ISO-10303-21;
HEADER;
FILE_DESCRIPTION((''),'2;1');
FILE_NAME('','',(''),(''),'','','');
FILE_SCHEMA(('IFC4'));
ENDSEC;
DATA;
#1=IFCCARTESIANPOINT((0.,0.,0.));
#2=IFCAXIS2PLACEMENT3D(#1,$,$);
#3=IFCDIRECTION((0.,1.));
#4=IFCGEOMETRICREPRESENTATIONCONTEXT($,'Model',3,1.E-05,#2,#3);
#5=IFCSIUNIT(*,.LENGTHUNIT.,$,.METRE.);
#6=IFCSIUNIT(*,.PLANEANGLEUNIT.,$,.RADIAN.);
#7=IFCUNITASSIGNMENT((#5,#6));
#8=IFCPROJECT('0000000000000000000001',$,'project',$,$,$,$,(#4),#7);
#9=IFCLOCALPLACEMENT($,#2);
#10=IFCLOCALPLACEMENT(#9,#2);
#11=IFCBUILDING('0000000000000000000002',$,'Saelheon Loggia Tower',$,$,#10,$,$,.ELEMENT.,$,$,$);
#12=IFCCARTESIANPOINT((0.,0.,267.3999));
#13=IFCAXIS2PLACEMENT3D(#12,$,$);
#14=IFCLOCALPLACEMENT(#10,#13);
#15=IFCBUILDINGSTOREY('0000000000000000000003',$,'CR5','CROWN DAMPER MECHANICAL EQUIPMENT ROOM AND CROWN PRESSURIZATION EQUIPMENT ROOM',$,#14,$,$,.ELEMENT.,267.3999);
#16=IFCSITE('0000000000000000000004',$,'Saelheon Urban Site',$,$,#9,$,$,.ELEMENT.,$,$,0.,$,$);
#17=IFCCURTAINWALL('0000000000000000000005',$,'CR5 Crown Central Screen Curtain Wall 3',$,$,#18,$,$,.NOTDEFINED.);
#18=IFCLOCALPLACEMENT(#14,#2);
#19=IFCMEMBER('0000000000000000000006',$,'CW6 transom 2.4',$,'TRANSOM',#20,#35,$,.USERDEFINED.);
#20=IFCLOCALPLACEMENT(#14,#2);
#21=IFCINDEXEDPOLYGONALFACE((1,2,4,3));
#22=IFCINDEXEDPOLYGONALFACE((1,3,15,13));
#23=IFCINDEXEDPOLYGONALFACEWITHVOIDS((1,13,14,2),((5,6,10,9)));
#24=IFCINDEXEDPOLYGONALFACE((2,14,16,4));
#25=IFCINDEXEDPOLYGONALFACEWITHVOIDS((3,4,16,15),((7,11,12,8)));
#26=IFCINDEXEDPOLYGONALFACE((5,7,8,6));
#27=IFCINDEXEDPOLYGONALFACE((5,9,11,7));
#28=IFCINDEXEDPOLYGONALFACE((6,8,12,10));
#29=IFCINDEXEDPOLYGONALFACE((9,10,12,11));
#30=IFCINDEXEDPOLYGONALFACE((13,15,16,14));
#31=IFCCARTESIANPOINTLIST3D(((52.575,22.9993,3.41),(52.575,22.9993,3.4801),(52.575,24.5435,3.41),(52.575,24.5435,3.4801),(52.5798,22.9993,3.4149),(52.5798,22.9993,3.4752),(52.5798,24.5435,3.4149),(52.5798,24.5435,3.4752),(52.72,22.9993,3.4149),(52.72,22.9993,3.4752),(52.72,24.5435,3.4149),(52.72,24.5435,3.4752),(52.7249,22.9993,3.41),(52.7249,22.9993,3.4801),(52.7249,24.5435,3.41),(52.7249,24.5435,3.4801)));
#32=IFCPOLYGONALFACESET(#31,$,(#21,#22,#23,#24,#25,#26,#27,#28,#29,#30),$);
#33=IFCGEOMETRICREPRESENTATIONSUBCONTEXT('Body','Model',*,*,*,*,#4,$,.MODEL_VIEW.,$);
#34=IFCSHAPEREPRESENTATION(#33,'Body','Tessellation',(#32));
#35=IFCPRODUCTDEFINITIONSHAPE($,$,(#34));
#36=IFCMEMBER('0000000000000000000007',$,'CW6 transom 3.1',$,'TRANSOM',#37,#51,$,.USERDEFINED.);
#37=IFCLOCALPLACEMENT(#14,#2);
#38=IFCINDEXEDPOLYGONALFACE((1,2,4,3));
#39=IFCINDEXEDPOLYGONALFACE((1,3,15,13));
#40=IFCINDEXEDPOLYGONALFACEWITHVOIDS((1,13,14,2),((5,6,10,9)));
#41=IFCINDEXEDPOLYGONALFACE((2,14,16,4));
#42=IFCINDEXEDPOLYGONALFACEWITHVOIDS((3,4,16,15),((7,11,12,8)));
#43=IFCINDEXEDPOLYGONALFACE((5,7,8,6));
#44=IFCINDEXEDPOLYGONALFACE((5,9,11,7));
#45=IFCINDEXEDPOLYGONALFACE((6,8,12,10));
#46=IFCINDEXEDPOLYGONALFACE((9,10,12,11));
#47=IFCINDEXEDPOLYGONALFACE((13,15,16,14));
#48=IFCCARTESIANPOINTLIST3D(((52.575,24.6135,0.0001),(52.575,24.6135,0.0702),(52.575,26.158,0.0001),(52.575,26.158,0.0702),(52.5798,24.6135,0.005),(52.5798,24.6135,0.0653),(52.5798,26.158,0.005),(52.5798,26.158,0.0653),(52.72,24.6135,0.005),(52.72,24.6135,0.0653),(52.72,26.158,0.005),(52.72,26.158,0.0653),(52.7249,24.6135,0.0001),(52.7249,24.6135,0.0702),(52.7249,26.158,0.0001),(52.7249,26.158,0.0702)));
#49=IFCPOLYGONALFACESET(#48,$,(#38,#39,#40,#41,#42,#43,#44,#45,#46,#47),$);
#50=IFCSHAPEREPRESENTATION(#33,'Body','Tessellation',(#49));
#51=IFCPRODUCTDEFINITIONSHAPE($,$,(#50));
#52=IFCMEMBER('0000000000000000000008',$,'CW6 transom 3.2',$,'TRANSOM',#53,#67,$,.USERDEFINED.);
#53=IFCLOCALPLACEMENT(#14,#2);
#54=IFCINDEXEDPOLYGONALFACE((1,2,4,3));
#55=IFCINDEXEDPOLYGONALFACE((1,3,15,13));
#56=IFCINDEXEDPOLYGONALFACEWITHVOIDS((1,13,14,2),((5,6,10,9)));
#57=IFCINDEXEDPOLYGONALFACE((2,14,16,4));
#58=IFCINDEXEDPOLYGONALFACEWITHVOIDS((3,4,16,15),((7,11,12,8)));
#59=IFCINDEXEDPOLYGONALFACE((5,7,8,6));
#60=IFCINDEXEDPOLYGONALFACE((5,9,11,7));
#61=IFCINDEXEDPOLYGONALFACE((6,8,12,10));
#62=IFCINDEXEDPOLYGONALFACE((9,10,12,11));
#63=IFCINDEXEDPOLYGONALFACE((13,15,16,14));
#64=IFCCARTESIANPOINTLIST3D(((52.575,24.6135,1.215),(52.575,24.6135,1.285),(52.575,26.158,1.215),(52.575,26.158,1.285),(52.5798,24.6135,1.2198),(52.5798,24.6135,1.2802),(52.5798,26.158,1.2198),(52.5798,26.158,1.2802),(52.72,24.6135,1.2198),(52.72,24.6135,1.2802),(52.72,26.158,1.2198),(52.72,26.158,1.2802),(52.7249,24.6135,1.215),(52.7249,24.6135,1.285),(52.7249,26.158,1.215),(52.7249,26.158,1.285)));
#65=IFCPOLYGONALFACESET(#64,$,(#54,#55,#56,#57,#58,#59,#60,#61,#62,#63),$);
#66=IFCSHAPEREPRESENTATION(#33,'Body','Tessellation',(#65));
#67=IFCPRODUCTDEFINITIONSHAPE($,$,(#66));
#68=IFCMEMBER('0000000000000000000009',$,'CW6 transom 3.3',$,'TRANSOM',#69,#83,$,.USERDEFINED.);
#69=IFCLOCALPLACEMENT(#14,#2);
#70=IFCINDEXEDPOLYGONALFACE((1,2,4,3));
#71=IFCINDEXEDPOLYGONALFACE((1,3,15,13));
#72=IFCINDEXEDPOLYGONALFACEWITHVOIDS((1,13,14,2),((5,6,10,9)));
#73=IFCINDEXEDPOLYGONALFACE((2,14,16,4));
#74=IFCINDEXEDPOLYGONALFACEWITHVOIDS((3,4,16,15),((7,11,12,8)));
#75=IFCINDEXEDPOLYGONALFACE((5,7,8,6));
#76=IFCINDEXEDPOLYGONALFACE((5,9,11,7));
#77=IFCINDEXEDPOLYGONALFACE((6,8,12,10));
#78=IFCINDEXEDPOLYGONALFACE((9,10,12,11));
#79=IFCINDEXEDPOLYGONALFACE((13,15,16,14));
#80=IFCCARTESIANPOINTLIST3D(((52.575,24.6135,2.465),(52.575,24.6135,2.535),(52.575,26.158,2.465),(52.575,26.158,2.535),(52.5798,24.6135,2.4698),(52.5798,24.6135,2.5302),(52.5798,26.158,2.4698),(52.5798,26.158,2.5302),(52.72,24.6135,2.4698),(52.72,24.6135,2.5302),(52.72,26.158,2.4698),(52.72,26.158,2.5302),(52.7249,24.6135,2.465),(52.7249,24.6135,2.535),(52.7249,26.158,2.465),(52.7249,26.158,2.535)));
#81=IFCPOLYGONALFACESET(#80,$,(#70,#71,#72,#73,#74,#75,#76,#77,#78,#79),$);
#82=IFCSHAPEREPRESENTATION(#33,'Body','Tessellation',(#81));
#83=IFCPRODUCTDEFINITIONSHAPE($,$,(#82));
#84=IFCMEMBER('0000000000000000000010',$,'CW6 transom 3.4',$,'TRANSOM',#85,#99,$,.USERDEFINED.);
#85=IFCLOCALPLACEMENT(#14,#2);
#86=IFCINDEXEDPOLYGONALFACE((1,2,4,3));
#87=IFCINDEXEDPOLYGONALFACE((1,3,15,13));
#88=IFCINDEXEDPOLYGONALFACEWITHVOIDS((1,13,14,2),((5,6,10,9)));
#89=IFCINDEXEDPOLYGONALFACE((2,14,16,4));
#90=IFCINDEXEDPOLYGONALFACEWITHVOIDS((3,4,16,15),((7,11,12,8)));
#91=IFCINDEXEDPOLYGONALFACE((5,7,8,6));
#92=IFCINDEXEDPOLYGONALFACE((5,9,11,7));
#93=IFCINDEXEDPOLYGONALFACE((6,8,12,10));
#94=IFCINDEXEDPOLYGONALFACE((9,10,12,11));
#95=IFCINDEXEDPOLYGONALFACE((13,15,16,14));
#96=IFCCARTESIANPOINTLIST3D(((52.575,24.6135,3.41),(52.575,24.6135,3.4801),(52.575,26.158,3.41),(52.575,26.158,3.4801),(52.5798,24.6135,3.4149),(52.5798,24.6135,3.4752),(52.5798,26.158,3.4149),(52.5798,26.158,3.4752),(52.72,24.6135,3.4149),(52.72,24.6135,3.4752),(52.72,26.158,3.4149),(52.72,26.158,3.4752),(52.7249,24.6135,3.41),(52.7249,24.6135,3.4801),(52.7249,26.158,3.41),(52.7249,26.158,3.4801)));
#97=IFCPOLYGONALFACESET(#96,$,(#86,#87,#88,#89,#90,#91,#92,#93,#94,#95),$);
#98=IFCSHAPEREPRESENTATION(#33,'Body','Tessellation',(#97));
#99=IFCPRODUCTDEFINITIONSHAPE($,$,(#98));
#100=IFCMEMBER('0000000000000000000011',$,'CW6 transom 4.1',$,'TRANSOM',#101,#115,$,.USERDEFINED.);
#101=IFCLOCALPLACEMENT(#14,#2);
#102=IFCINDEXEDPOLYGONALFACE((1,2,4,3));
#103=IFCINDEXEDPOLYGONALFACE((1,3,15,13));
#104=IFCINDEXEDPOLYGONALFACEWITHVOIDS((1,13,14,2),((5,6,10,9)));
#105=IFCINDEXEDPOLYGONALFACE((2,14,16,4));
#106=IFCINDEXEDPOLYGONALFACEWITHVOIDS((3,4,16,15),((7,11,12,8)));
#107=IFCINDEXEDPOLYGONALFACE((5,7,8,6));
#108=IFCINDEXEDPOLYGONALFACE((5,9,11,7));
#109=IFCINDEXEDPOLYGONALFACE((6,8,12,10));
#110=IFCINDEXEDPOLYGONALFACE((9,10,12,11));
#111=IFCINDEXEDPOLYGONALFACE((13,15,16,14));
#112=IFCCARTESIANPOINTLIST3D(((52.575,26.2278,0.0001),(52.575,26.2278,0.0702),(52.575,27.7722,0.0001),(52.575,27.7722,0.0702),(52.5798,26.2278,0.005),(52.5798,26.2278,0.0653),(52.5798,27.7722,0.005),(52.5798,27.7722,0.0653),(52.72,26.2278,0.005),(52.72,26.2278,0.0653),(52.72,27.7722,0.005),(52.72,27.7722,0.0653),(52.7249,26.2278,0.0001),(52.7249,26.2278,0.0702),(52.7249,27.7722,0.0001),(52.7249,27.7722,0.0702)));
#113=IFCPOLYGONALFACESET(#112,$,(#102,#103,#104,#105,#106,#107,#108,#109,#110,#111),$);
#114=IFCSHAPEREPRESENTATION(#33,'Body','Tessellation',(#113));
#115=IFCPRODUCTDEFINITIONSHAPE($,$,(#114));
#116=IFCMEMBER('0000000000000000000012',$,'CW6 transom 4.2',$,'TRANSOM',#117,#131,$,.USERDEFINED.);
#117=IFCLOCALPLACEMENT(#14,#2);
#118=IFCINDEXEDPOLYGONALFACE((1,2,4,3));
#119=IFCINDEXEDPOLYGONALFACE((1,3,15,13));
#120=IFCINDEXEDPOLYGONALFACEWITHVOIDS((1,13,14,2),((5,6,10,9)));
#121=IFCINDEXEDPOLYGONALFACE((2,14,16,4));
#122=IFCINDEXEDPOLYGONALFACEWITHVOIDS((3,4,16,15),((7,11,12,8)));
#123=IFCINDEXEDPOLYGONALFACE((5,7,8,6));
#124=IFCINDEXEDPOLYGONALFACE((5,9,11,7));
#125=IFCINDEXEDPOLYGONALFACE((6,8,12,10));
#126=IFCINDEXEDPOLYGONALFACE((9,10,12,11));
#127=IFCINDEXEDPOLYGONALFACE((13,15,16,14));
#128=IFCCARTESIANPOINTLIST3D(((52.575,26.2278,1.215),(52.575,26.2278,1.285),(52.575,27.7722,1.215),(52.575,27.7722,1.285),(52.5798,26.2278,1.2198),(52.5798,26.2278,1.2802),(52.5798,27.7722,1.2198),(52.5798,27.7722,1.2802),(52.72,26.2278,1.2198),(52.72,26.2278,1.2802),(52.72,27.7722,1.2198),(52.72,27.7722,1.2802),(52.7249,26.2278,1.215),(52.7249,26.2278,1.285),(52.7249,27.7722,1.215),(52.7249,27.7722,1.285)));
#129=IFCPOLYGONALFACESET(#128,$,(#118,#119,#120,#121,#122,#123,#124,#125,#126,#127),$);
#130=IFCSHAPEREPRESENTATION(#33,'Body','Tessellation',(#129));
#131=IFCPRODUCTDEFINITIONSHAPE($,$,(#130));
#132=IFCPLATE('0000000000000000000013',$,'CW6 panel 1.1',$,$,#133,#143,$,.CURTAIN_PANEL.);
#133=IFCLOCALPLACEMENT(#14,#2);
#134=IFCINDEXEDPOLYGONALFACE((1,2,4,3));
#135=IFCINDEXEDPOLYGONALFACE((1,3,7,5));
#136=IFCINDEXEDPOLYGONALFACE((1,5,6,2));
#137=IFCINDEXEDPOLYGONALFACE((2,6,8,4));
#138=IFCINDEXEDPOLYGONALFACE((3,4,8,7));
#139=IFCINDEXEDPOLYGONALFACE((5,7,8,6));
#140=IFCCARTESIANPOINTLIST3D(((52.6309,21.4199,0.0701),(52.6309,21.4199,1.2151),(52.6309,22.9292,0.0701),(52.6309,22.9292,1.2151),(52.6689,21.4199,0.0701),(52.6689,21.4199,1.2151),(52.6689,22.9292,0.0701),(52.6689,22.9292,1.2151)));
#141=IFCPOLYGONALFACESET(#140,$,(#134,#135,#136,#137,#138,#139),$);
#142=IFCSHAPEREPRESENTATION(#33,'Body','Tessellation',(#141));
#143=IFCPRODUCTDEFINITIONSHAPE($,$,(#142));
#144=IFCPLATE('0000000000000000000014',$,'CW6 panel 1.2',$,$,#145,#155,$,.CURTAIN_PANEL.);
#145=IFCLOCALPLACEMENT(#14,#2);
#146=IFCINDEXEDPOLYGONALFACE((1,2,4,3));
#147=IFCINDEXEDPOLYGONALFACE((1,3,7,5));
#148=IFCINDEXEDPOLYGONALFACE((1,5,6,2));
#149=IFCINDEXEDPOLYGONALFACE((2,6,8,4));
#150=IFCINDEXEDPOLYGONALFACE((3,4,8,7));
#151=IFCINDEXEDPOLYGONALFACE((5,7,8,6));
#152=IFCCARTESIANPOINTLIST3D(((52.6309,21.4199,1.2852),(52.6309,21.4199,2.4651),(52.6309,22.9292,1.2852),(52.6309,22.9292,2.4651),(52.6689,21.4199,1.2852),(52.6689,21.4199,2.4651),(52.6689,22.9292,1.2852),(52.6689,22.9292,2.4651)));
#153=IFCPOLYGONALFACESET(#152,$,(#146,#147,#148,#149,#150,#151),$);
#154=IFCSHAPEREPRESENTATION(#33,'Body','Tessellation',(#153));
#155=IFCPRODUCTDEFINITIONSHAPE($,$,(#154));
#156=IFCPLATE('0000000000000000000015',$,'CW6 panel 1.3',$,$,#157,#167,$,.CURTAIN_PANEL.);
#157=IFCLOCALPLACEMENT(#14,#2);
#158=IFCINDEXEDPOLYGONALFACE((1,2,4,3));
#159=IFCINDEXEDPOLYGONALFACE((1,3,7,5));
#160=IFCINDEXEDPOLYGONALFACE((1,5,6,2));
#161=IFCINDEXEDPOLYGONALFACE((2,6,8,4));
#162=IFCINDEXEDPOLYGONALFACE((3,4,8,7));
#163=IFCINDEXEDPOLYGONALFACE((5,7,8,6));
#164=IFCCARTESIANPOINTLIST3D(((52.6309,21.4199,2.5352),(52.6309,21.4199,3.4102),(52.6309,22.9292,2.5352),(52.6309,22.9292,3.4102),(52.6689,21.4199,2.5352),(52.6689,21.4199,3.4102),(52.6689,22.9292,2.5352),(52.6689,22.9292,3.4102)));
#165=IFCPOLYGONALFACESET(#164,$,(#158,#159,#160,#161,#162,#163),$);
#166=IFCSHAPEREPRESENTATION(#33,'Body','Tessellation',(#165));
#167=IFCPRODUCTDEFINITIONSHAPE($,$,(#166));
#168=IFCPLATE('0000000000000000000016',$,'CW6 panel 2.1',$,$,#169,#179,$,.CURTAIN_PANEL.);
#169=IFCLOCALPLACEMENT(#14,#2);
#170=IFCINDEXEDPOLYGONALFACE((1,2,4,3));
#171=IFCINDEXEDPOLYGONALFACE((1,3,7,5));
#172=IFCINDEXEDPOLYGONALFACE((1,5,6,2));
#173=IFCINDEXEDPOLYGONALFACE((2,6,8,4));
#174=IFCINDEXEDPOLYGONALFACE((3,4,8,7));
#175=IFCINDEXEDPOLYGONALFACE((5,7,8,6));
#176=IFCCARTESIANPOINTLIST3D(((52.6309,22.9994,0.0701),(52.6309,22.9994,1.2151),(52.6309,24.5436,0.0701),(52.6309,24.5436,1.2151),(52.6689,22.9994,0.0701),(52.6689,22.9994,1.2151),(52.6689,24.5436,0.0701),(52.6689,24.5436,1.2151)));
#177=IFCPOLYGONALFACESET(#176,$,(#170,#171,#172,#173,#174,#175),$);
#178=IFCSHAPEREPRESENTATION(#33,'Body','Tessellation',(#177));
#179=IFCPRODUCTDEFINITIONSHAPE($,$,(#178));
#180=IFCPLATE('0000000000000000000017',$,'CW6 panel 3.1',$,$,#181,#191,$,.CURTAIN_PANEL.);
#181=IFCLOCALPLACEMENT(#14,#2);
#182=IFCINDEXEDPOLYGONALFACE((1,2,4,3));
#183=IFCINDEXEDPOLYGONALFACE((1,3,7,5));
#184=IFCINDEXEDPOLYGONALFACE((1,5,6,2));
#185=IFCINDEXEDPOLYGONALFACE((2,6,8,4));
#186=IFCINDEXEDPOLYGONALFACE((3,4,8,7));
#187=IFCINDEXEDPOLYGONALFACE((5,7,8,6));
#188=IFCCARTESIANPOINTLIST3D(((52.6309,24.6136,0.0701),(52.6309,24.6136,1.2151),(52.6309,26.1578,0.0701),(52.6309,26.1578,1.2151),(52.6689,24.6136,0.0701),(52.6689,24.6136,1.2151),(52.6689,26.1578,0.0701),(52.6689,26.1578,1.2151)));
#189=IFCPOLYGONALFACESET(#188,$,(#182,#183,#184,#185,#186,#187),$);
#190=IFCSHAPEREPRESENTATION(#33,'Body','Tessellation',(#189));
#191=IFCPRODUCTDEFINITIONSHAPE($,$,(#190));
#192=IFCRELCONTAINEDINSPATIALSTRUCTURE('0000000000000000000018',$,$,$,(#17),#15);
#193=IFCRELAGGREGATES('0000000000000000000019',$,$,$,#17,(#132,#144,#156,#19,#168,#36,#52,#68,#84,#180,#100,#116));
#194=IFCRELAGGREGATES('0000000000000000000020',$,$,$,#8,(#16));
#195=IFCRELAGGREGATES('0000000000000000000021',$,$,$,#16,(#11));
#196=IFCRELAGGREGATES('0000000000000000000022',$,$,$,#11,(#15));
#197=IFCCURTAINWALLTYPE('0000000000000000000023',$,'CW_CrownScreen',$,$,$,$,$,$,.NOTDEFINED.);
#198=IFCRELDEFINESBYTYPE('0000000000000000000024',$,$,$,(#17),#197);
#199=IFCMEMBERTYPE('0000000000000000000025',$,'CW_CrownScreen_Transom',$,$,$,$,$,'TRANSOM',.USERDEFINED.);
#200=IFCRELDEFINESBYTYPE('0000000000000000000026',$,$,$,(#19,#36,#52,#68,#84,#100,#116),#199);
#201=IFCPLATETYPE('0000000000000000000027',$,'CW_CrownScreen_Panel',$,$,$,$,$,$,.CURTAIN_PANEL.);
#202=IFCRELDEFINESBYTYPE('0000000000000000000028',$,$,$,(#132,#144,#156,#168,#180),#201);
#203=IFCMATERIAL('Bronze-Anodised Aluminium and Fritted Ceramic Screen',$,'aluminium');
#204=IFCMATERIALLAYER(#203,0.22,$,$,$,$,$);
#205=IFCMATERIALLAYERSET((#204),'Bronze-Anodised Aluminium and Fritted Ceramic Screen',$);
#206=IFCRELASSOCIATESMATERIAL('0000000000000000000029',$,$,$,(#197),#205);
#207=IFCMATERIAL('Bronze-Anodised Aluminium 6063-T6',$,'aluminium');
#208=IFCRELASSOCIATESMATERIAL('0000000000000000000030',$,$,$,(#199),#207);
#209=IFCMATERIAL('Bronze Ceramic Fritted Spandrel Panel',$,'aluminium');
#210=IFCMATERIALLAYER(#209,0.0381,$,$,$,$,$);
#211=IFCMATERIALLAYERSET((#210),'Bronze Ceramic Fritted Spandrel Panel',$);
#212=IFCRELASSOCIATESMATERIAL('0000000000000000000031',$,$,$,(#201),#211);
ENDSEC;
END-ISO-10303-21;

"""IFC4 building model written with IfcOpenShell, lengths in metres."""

from ifc_helpers import new_model, si_unit, direction, frame, origin, origin_2d, place, context, subcontext, project, spatial, rectangle, hollow_rectangle, extrude, source, transform, mapped, material, layer, layer_set, material_profile, profile_set, type_object, element, aggregate, save


model = new_model("IFC4")

# Units and contexts
model_context = context("Model", 3, precision=1e-05, world=origin(), true_north=direction((0.0, 1.0)))
body_context = subcontext(model_context, "Body", "Model", "MODEL_VIEW")
ifc_project = project(units=[si_unit("LENGTHUNIT", "METRE"), si_unit("PLANEANGLEUNIT", "RADIAN")], contexts=[model_context])

# Site, building, storey
site_placement = place(None, origin())
site = spatial("IfcSite", under=ifc_project, at=site_placement, Name="Saelheon Urban Site", CompositionType="ELEMENT", RefElevation=0.0)
building_placement = place(site_placement, origin())
building = spatial("IfcBuilding", under=site, at=building_placement, Name="Saelheon Loggia Tower", CompositionType="ELEMENT")
storey_placement = place(building_placement, frame((0.0, 0.0, 267.3999)))
storey = spatial("IfcBuildingStorey", under=building, at=storey_placement, Name="CR5", Description="CROWN DAMPER MECHANICAL EQUIPMENT ROOM AND CROWN PRESSURIZATION EQUIPMENT ROOM", CompositionType="ELEMENT", Elevation=267.3999)

# Curtain wall, members, plates
ifc_material_1 = material(Name="Bronze-Anodised Aluminium and Fritted Ceramic Screen", Category="aluminium")
ifc_layer_1 = layer(ifc_material_1, 0.22)
ifc_layer_set_1 = layer_set([ifc_layer_1], Name="Bronze-Anodised Aluminium and Fritted Ceramic Screen")
curtain_wall_type = type_object("IfcCurtainWallType", Name="CW_CrownScreen", PredefinedType="NOTDEFINED", material=ifc_layer_set_1)
curtain_wall_placement = place(storey_placement, origin())
curtain_wall = element("IfcCurtainWall", 1, at=curtain_wall_placement, inside=storey, type_object=curtain_wall_type, Name="CR5 Crown Central Screen Curtain Wall 3", PredefinedType="NOTDEFINED")
ifc_material_2 = material(Name="Bronze-Anodised Aluminium 6063-T6", Category="aluminium")
ifc_material_profile_1 = material_profile(ifc_material_2, hollow_rectangle(XDim=0.0701, YDim=0.1499, WallThickness=0.0049, at=origin_2d()), Name="RHS-150x70x5")
ifc_profile_set_1 = profile_set([ifc_material_profile_1], Name="Bronze-Anodised Aluminium 6063-T6")
member_type_1 = type_object("IfcMemberType", Name="CW_CrownScreen_Transom", ElementType="TRANSOM", PredefinedType="USERDEFINED", material=ifc_profile_set_1)
shared_shape_1 = source(origin(), body_context, "Body", "SweptSolid", [
    extrude(hollow_rectangle(XDim=0.0701, YDim=0.1499, WallThickness=0.0049, at=origin_2d()), origin(), (0.0, 0.0, 1.0), 1.5442),
])
member_1_placement = place(storey_placement, frame((52.6499, 22.9993, 3.4451), z_axis=(0.0, 1.0, 0.0), x_axis=(0.0, 0.0, 1.0)))
member_1 = element("IfcMember", 2, at=member_1_placement, type_object=member_type_1, Name="CW6 transom 2.4", ObjectType="TRANSOM", PredefinedType="USERDEFINED", context=body_context, shape_type="MappedRepresentation", body=[
    mapped(shared_shape_1, transform((0.0, 0.0, 0.0), scale=1.0)),
])
shared_shape_2 = source(origin(), body_context, "Body", "SweptSolid", [
    extrude(hollow_rectangle(XDim=0.0701, YDim=0.1499, WallThickness=0.0049, at=origin_2d()), origin(), (0.0, 0.0, 1.0), 1.5444),
])
member_2_placement = place(storey_placement, frame((52.6499, 24.6135, 0.0352), z_axis=(0.0, 1.0, 0.0), x_axis=(0.0, 0.0, 1.0)))
member_2 = element("IfcMember", 3, at=member_2_placement, type_object=member_type_1, Name="CW6 transom 3.1", ObjectType="TRANSOM", PredefinedType="USERDEFINED", context=body_context, shape_type="MappedRepresentation", body=[
    mapped(shared_shape_2, transform((0.0, 0.0, 0.0), scale=1.0)),
])
member_3_placement = place(storey_placement, frame((52.6499, 24.6135, 1.25), z_axis=(0.0, 1.0, 0.0), x_axis=(0.0, 0.0, 1.0)))
member_3 = element("IfcMember", 4, at=member_3_placement, type_object=member_type_1, Name="CW6 transom 3.2", ObjectType="TRANSOM", PredefinedType="USERDEFINED", context=body_context, shape_type="MappedRepresentation", body=[
    mapped(shared_shape_2, transform((0.0, 0.0, 0.0), scale=1.0)),
])
member_4_placement = place(storey_placement, frame((52.6499, 24.6135, 2.5), z_axis=(0.0, 1.0, 0.0), x_axis=(0.0, 0.0, 1.0)))
member_4 = element("IfcMember", 5, at=member_4_placement, type_object=member_type_1, Name="CW6 transom 3.3", ObjectType="TRANSOM", PredefinedType="USERDEFINED", context=body_context, shape_type="MappedRepresentation", body=[
    mapped(shared_shape_2, transform((0.0, 0.0, 0.0), scale=1.0)),
])
member_5_placement = place(storey_placement, frame((52.6499, 24.6135, 3.4451), z_axis=(0.0, 1.0, 0.0), x_axis=(0.0, 0.0, 1.0)))
member_5 = element("IfcMember", 6, at=member_5_placement, type_object=member_type_1, Name="CW6 transom 3.4", ObjectType="TRANSOM", PredefinedType="USERDEFINED", context=body_context, shape_type="MappedRepresentation", body=[
    mapped(shared_shape_2, transform((0.0, 0.0, 0.0), scale=1.0)),
])
member_6_placement = place(storey_placement, frame((52.6499, 26.2278, 0.0352), z_axis=(0.0, 1.0, 0.0), x_axis=(0.0, 0.0, 1.0)))
member_6 = element("IfcMember", 7, at=member_6_placement, type_object=member_type_1, Name="CW6 transom 4.1", ObjectType="TRANSOM", PredefinedType="USERDEFINED", context=body_context, shape_type="MappedRepresentation", body=[
    mapped(shared_shape_2, transform((0.0, 0.0, 0.0), scale=1.0)),
])
member_7_placement = place(storey_placement, frame((52.6499, 26.2278, 1.25), z_axis=(0.0, 1.0, 0.0), x_axis=(0.0, 0.0, 1.0)))
member_7 = element("IfcMember", 8, at=member_7_placement, type_object=member_type_1, Name="CW6 transom 4.2", ObjectType="TRANSOM", PredefinedType="USERDEFINED", context=body_context, shape_type="MappedRepresentation", body=[
    mapped(shared_shape_2, transform((0.0, 0.0, 0.0), scale=1.0)),
])
ifc_material_3 = material(Name="Bronze Ceramic Fritted Spandrel Panel", Category="aluminium")
ifc_layer_2 = layer(ifc_material_3, 0.0381)
ifc_layer_set_2 = layer_set([ifc_layer_2], Name="Bronze Ceramic Fritted Spandrel Panel")
plate_type = type_object("IfcPlateType", Name="CW_CrownScreen_Panel", PredefinedType="CURTAIN_PANEL", material=ifc_layer_set_2)
shared_shape_3 = source(origin(), body_context, "Body", "SweptSolid", [
    extrude(rectangle(XDim=1.5093, YDim=0.0381, at=origin_2d()), origin(), (0.0, 0.0, 1.0), 1.145),
])
plate_1_placement = place(storey_placement, frame((52.6499, 22.1746, 0.0701), z_axis=(0.0, 0.0, 1.0), x_axis=(0.0, 1.0, 0.0)))
plate_1 = element("IfcPlate", 9, at=plate_1_placement, type_object=plate_type, Name="CW6 panel 1.1", PredefinedType="CURTAIN_PANEL", context=body_context, shape_type="MappedRepresentation", body=[
    mapped(shared_shape_3, transform((0.0, 0.0, 0.0), scale=1.0)),
])
shared_shape_4 = source(origin(), body_context, "Body", "SweptSolid", [
    extrude(rectangle(XDim=1.5093, YDim=0.0381, at=origin_2d()), origin(), (0.0, 0.0, 1.0), 1.1799),
])
plate_2_placement = place(storey_placement, frame((52.6499, 22.1746, 1.2852), z_axis=(0.0, 0.0, 1.0), x_axis=(0.0, 1.0, 0.0)))
plate_2 = element("IfcPlate", 10, at=plate_2_placement, type_object=plate_type, Name="CW6 panel 1.2", PredefinedType="CURTAIN_PANEL", context=body_context, shape_type="MappedRepresentation", body=[
    mapped(shared_shape_4, transform((0.0, 0.0, 0.0), scale=1.0)),
])
shared_shape_5 = source(origin(), body_context, "Body", "SweptSolid", [
    extrude(rectangle(XDim=1.5093, YDim=0.0381, at=origin_2d()), origin(), (0.0, 0.0, 1.0), 0.875),
])
plate_3_placement = place(storey_placement, frame((52.6499, 22.1746, 2.5352), z_axis=(0.0, 0.0, 1.0), x_axis=(0.0, 1.0, 0.0)))
plate_3 = element("IfcPlate", 11, at=plate_3_placement, type_object=plate_type, Name="CW6 panel 1.3", PredefinedType="CURTAIN_PANEL", context=body_context, shape_type="MappedRepresentation", body=[
    mapped(shared_shape_5, transform((0.0, 0.0, 0.0), scale=1.0)),
])
shared_shape_6 = source(origin(), body_context, "Body", "SweptSolid", [
    extrude(rectangle(XDim=1.5442, YDim=0.0381, at=origin_2d()), origin(), (0.0, 0.0, 1.0), 1.145),
])
plate_4_placement = place(storey_placement, frame((52.6499, 23.7715, 0.0701), z_axis=(0.0, 0.0, 1.0), x_axis=(0.0, 1.0, 0.0)))
plate_4 = element("IfcPlate", 12, at=plate_4_placement, type_object=plate_type, Name="CW6 panel 2.1", PredefinedType="CURTAIN_PANEL", context=body_context, shape_type="MappedRepresentation", body=[
    mapped(shared_shape_6, transform((0.0, 0.0, 0.0), scale=1.0)),
])
plate_5_placement = place(storey_placement, frame((52.6499, 25.3857, 0.0701), z_axis=(0.0, 0.0, 1.0), x_axis=(0.0, 1.0, 0.0)))
plate_5 = element("IfcPlate", 13, at=plate_5_placement, type_object=plate_type, Name="CW6 panel 3.1", PredefinedType="CURTAIN_PANEL", context=body_context, shape_type="MappedRepresentation", body=[
    mapped(shared_shape_6, transform((0.0, 0.0, 0.0), scale=1.0)),
])
aggregate(curtain_wall, [plate_1, plate_2, plate_3, member_1, plate_4, member_2, member_3, member_4, member_5, plate_5, member_6, member_7])

save(model, "model.ifc")
